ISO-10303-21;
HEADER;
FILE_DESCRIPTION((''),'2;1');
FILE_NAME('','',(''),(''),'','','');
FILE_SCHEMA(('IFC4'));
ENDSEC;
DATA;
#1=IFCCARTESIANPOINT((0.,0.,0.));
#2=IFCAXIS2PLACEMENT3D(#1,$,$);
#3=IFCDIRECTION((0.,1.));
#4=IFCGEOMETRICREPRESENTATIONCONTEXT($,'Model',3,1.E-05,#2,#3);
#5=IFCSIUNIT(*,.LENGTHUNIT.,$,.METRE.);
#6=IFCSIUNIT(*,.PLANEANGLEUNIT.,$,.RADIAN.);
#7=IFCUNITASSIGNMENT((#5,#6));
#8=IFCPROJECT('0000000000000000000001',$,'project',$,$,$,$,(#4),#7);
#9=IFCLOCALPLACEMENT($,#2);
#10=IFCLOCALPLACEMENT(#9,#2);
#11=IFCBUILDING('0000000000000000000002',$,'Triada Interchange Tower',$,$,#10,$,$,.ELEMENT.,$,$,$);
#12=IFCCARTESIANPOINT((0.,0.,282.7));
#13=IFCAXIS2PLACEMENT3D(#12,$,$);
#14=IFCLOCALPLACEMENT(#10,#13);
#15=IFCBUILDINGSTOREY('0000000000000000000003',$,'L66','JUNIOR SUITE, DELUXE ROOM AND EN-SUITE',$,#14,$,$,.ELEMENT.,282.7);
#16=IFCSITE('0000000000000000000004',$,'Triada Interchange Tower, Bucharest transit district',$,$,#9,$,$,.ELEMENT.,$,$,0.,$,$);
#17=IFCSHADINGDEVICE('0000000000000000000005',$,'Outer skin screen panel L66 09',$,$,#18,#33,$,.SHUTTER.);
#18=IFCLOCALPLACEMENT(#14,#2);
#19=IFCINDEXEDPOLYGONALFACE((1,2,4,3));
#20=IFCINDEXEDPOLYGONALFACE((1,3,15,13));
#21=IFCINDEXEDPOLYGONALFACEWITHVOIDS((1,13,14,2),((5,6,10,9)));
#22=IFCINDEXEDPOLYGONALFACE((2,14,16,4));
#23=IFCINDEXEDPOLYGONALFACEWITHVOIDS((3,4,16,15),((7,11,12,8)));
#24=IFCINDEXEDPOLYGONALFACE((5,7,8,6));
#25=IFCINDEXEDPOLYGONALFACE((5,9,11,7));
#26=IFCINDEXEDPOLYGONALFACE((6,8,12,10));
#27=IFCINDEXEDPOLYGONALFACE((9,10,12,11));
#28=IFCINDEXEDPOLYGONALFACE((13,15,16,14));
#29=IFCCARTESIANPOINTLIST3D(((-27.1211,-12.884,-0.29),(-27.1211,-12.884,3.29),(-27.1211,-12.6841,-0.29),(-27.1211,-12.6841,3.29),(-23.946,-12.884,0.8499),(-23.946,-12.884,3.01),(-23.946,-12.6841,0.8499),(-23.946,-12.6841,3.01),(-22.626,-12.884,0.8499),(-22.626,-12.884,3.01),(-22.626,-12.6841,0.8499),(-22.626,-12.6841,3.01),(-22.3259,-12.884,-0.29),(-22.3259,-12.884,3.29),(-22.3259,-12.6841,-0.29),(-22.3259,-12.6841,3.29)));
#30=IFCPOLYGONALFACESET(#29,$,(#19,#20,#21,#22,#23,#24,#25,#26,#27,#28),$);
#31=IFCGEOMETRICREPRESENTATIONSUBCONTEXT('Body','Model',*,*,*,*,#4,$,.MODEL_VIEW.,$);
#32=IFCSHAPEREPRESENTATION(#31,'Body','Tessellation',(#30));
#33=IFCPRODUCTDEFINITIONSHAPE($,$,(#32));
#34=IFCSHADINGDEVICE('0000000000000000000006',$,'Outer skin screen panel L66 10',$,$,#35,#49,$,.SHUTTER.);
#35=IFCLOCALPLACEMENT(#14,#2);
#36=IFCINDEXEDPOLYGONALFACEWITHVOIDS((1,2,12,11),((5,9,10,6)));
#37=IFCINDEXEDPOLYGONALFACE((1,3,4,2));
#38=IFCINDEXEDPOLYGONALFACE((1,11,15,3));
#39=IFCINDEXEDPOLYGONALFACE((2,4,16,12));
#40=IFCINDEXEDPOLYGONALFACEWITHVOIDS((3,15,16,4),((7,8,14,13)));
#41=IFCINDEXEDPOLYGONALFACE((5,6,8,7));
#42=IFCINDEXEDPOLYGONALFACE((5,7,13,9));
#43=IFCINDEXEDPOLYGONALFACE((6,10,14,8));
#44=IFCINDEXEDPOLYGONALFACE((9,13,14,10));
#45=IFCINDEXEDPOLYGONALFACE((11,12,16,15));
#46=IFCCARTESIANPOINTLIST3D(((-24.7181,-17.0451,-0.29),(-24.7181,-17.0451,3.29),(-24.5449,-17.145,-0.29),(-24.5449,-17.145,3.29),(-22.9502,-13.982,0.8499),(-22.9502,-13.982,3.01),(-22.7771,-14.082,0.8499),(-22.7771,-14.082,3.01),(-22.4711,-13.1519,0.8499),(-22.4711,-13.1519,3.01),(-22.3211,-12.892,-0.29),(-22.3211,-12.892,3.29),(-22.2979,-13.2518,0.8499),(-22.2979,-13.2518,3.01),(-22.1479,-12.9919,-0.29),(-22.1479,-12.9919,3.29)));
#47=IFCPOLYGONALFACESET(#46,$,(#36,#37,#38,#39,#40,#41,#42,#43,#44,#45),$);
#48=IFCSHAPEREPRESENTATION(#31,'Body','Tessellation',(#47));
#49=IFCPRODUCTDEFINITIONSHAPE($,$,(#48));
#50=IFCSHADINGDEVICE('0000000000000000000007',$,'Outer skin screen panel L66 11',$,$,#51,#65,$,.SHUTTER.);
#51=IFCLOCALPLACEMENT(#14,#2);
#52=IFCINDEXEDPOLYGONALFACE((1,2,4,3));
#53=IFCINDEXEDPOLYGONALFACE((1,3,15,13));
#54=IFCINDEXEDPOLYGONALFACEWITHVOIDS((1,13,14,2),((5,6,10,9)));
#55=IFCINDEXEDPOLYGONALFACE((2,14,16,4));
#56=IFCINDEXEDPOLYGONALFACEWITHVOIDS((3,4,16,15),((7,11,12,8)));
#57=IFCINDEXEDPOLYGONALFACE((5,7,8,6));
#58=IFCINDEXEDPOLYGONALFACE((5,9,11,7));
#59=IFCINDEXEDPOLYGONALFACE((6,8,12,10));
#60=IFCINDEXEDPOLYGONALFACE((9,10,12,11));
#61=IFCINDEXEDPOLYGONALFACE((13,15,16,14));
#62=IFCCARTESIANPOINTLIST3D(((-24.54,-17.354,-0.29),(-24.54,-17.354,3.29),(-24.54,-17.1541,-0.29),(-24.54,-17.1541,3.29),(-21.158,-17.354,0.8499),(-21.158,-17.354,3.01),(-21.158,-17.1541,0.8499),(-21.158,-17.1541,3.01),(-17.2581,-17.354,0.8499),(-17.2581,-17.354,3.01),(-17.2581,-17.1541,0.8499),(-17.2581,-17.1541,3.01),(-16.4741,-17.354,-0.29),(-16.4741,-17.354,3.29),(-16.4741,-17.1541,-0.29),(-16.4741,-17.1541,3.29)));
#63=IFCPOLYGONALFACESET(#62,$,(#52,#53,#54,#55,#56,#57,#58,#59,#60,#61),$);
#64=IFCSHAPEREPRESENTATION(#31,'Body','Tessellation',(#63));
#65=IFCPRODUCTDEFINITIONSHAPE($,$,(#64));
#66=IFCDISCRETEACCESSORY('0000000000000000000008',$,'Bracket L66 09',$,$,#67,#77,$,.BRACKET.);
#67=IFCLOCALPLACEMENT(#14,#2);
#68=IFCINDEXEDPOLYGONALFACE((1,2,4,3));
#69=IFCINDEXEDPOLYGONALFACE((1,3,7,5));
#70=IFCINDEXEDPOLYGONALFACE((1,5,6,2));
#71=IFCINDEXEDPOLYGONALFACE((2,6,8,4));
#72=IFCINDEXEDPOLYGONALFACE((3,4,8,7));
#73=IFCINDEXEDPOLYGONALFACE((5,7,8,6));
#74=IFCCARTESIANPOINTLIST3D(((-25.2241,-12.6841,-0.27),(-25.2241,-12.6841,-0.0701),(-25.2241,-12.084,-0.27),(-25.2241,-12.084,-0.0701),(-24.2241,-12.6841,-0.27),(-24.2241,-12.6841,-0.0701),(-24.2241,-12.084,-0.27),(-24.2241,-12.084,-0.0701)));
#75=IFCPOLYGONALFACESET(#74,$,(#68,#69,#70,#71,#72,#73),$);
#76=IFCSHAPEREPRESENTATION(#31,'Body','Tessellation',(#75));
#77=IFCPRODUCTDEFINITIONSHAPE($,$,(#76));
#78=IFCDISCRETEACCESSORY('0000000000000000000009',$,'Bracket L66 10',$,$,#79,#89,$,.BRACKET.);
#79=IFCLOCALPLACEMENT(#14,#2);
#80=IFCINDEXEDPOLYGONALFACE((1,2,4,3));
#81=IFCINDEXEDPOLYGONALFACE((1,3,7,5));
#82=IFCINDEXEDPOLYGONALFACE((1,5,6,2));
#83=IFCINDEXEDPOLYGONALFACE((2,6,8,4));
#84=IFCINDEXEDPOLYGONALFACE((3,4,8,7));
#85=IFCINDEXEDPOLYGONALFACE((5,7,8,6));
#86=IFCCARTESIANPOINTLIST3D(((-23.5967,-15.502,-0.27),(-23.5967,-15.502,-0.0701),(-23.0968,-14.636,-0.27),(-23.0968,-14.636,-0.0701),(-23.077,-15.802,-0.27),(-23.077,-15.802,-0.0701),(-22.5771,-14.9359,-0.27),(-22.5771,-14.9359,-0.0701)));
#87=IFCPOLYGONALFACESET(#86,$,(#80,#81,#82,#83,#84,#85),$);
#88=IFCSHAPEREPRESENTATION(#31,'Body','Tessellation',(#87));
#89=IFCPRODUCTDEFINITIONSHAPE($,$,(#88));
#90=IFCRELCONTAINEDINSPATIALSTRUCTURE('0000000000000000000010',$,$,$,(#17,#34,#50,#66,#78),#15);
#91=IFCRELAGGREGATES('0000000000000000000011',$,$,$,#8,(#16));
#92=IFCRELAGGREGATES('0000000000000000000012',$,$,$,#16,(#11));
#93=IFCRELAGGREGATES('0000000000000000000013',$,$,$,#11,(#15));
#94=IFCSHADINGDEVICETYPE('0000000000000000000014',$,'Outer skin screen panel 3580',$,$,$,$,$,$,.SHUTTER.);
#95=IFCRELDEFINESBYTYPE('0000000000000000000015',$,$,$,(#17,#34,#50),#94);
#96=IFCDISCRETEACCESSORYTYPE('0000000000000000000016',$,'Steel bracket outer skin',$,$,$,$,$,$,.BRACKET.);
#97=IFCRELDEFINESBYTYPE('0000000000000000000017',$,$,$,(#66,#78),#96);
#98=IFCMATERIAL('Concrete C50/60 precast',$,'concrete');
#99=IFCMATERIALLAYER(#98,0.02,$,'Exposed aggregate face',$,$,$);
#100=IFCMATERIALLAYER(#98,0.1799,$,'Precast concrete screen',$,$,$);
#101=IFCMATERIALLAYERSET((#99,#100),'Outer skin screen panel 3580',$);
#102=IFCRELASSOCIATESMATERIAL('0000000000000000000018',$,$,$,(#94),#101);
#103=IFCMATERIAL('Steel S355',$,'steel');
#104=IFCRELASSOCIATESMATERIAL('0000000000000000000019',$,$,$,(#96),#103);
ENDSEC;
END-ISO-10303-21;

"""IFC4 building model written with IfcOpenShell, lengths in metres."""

from ifc_helpers import new_model, si_unit, direction, frame, origin, origin_2d, place, context, subcontext, project, spatial, polyline, rectangle, outline, extrude, material, layer, layer_set, type_object, element, save


model = new_model("IFC4")

# Units and contexts
model_context = context("Model", 3, precision=1e-05, world=origin(), true_north=direction((0.0, 1.0)))
body_context = subcontext(model_context, "Body", "Model", "MODEL_VIEW")
ifc_project = project(units=[si_unit("LENGTHUNIT", "METRE"), si_unit("PLANEANGLEUNIT", "RADIAN")], contexts=[model_context])

# Site, building, storey
site_placement = place(None, origin())
site = spatial("IfcSite", under=ifc_project, at=site_placement, Name="Triada Interchange Tower, Bucharest transit district", CompositionType="ELEMENT", RefElevation=0.0)
building_placement = place(site_placement, origin())
building = spatial("IfcBuilding", under=site, at=building_placement, Name="Triada Interchange Tower", CompositionType="ELEMENT")
storey_placement = place(building_placement, frame((0.0, 0.0, 282.7)))
storey = spatial("IfcBuildingStorey", under=building, at=storey_placement, Name="L66", Description="JUNIOR SUITE, DELUXE ROOM AND EN-SUITE", CompositionType="ELEMENT", Elevation=282.7)

# Shading devices
ifc_material_1 = material(Name="Concrete C50/60 precast", Category="concrete")
ifc_layer_1 = layer(ifc_material_1, 0.02, Name="Exposed aggregate face")
ifc_layer_2 = layer(ifc_material_1, 0.1799, Name="Precast concrete screen")
ifc_layer_set_1 = layer_set([ifc_layer_1, ifc_layer_2], Name="Outer skin screen panel 3580")
shading_device_type = type_object("IfcShadingDeviceType", Name="Outer skin screen panel 3580", PredefinedType="SHUTTER", material=ifc_layer_set_1)
shading_device_1_placement = place(storey_placement, frame((-27.1211, -12.6841, -0.29), z_axis=(0.0, 0.0, 1.0), x_axis=(1.0, 0.0, 0.0)))
element("IfcShadingDevice", 1, at=shading_device_1_placement, inside=storey, type_object=shading_device_type, Name="Outer skin screen panel L66 09", PredefinedType="SHUTTER", context=body_context, shape_type="SweptSolid", body=[
    extrude(outline(polyline([(0.0, 0.0), (4.7952, 0.0), (4.7952, 3.5801), (0.0, 3.5801), (0.0, 0.0)]), holes=[polyline([(3.175, 1.1399), (3.175, 3.3), (4.4951, 3.3), (4.4951, 1.1399), (3.175, 1.1399)])]), frame((0.0, 0.0, 0.0), z_axis=(0.0, -1.0, 0.0), x_axis=(1.0, 0.0, 0.0)), (0.0, 0.0, 1.0), 0.2),
])
shading_device_2_placement = place(storey_placement, frame((-22.1479, -12.9919, -0.29), z_axis=(0.0, 0.0, 1.0), x_axis=(-0.499874, -0.866098, 0.0)))
element("IfcShadingDevice", 2, at=shading_device_2_placement, inside=storey, type_object=shading_device_type, Name="Outer skin screen panel L66 10", PredefinedType="SHUTTER", context=body_context, shape_type="SweptSolid", body=[
    extrude(outline(polyline([(0.0, 0.0), (4.7952, 0.0), (4.7952, 3.5801), (0.0, 3.5801), (0.0, 0.0)]), holes=[polyline([(0.3, 1.1399), (0.3, 3.3), (1.2585, 3.3), (1.2585, 1.1399), (0.3, 1.1399)])]), frame((0.0, 0.0, 0.0), z_axis=(0.0, -1.0, 0.0), x_axis=(1.0, 0.0, 0.0)), (0.0, 0.0, 1.0), 0.2),
])
shading_device_3_placement = place(storey_placement, frame((-24.54, -17.1541, -0.29), z_axis=(0.0, 0.0, 1.0), x_axis=(1.0, 0.0, 0.0)))
element("IfcShadingDevice", 3, at=shading_device_3_placement, inside=storey, type_object=shading_device_type, Name="Outer skin screen panel L66 11", PredefinedType="SHUTTER", context=body_context, shape_type="SweptSolid", body=[
    extrude(outline(polyline([(0.0, 0.0), (8.0659, 0.0), (8.0659, 3.5801), (0.0, 3.5801), (0.0, 0.0)]), holes=[polyline([(3.3821, 1.1399), (3.3821, 3.3), (7.282, 3.3), (7.282, 1.1399), (3.3821, 1.1399)])]), frame((0.0, 0.0, 0.0), z_axis=(0.0, -1.0, 0.0), x_axis=(1.0, 0.0, 0.0)), (0.0, 0.0, 1.0), 0.2),
])

# Discrete accessories
ifc_material_2 = material(Name="Steel S355", Category="steel")
discrete_accessory_type = type_object("IfcDiscreteAccessoryType", Name="Steel bracket outer skin", PredefinedType="BRACKET", material=ifc_material_2)
for number, where, z_axis, x_axis, name in (
    (4, (-24.7241, -12.384, -0.27), (0.0, 0.0, 1.0), (0.0, -1.0, 0.0), "Bracket L66 09"),
    (5, (-23.0869, -15.219, -0.27), (0.0, 0.0, 1.0), (-0.866089, 0.49989, 0.0), "Bracket L66 10"),
):
    element("IfcDiscreteAccessory", number, at=place(storey_placement, frame(where, z_axis=z_axis, x_axis=x_axis)), inside=storey, type_object=discrete_accessory_type, Name=name, PredefinedType="BRACKET", context=body_context, shape_type="SweptSolid", body=[
        extrude(rectangle(XDim=0.6001, YDim=1.0, at=origin_2d()), origin(), (0.0, 0.0, 1.0), 0.2),
    ])

save(model, "model.ifc")
